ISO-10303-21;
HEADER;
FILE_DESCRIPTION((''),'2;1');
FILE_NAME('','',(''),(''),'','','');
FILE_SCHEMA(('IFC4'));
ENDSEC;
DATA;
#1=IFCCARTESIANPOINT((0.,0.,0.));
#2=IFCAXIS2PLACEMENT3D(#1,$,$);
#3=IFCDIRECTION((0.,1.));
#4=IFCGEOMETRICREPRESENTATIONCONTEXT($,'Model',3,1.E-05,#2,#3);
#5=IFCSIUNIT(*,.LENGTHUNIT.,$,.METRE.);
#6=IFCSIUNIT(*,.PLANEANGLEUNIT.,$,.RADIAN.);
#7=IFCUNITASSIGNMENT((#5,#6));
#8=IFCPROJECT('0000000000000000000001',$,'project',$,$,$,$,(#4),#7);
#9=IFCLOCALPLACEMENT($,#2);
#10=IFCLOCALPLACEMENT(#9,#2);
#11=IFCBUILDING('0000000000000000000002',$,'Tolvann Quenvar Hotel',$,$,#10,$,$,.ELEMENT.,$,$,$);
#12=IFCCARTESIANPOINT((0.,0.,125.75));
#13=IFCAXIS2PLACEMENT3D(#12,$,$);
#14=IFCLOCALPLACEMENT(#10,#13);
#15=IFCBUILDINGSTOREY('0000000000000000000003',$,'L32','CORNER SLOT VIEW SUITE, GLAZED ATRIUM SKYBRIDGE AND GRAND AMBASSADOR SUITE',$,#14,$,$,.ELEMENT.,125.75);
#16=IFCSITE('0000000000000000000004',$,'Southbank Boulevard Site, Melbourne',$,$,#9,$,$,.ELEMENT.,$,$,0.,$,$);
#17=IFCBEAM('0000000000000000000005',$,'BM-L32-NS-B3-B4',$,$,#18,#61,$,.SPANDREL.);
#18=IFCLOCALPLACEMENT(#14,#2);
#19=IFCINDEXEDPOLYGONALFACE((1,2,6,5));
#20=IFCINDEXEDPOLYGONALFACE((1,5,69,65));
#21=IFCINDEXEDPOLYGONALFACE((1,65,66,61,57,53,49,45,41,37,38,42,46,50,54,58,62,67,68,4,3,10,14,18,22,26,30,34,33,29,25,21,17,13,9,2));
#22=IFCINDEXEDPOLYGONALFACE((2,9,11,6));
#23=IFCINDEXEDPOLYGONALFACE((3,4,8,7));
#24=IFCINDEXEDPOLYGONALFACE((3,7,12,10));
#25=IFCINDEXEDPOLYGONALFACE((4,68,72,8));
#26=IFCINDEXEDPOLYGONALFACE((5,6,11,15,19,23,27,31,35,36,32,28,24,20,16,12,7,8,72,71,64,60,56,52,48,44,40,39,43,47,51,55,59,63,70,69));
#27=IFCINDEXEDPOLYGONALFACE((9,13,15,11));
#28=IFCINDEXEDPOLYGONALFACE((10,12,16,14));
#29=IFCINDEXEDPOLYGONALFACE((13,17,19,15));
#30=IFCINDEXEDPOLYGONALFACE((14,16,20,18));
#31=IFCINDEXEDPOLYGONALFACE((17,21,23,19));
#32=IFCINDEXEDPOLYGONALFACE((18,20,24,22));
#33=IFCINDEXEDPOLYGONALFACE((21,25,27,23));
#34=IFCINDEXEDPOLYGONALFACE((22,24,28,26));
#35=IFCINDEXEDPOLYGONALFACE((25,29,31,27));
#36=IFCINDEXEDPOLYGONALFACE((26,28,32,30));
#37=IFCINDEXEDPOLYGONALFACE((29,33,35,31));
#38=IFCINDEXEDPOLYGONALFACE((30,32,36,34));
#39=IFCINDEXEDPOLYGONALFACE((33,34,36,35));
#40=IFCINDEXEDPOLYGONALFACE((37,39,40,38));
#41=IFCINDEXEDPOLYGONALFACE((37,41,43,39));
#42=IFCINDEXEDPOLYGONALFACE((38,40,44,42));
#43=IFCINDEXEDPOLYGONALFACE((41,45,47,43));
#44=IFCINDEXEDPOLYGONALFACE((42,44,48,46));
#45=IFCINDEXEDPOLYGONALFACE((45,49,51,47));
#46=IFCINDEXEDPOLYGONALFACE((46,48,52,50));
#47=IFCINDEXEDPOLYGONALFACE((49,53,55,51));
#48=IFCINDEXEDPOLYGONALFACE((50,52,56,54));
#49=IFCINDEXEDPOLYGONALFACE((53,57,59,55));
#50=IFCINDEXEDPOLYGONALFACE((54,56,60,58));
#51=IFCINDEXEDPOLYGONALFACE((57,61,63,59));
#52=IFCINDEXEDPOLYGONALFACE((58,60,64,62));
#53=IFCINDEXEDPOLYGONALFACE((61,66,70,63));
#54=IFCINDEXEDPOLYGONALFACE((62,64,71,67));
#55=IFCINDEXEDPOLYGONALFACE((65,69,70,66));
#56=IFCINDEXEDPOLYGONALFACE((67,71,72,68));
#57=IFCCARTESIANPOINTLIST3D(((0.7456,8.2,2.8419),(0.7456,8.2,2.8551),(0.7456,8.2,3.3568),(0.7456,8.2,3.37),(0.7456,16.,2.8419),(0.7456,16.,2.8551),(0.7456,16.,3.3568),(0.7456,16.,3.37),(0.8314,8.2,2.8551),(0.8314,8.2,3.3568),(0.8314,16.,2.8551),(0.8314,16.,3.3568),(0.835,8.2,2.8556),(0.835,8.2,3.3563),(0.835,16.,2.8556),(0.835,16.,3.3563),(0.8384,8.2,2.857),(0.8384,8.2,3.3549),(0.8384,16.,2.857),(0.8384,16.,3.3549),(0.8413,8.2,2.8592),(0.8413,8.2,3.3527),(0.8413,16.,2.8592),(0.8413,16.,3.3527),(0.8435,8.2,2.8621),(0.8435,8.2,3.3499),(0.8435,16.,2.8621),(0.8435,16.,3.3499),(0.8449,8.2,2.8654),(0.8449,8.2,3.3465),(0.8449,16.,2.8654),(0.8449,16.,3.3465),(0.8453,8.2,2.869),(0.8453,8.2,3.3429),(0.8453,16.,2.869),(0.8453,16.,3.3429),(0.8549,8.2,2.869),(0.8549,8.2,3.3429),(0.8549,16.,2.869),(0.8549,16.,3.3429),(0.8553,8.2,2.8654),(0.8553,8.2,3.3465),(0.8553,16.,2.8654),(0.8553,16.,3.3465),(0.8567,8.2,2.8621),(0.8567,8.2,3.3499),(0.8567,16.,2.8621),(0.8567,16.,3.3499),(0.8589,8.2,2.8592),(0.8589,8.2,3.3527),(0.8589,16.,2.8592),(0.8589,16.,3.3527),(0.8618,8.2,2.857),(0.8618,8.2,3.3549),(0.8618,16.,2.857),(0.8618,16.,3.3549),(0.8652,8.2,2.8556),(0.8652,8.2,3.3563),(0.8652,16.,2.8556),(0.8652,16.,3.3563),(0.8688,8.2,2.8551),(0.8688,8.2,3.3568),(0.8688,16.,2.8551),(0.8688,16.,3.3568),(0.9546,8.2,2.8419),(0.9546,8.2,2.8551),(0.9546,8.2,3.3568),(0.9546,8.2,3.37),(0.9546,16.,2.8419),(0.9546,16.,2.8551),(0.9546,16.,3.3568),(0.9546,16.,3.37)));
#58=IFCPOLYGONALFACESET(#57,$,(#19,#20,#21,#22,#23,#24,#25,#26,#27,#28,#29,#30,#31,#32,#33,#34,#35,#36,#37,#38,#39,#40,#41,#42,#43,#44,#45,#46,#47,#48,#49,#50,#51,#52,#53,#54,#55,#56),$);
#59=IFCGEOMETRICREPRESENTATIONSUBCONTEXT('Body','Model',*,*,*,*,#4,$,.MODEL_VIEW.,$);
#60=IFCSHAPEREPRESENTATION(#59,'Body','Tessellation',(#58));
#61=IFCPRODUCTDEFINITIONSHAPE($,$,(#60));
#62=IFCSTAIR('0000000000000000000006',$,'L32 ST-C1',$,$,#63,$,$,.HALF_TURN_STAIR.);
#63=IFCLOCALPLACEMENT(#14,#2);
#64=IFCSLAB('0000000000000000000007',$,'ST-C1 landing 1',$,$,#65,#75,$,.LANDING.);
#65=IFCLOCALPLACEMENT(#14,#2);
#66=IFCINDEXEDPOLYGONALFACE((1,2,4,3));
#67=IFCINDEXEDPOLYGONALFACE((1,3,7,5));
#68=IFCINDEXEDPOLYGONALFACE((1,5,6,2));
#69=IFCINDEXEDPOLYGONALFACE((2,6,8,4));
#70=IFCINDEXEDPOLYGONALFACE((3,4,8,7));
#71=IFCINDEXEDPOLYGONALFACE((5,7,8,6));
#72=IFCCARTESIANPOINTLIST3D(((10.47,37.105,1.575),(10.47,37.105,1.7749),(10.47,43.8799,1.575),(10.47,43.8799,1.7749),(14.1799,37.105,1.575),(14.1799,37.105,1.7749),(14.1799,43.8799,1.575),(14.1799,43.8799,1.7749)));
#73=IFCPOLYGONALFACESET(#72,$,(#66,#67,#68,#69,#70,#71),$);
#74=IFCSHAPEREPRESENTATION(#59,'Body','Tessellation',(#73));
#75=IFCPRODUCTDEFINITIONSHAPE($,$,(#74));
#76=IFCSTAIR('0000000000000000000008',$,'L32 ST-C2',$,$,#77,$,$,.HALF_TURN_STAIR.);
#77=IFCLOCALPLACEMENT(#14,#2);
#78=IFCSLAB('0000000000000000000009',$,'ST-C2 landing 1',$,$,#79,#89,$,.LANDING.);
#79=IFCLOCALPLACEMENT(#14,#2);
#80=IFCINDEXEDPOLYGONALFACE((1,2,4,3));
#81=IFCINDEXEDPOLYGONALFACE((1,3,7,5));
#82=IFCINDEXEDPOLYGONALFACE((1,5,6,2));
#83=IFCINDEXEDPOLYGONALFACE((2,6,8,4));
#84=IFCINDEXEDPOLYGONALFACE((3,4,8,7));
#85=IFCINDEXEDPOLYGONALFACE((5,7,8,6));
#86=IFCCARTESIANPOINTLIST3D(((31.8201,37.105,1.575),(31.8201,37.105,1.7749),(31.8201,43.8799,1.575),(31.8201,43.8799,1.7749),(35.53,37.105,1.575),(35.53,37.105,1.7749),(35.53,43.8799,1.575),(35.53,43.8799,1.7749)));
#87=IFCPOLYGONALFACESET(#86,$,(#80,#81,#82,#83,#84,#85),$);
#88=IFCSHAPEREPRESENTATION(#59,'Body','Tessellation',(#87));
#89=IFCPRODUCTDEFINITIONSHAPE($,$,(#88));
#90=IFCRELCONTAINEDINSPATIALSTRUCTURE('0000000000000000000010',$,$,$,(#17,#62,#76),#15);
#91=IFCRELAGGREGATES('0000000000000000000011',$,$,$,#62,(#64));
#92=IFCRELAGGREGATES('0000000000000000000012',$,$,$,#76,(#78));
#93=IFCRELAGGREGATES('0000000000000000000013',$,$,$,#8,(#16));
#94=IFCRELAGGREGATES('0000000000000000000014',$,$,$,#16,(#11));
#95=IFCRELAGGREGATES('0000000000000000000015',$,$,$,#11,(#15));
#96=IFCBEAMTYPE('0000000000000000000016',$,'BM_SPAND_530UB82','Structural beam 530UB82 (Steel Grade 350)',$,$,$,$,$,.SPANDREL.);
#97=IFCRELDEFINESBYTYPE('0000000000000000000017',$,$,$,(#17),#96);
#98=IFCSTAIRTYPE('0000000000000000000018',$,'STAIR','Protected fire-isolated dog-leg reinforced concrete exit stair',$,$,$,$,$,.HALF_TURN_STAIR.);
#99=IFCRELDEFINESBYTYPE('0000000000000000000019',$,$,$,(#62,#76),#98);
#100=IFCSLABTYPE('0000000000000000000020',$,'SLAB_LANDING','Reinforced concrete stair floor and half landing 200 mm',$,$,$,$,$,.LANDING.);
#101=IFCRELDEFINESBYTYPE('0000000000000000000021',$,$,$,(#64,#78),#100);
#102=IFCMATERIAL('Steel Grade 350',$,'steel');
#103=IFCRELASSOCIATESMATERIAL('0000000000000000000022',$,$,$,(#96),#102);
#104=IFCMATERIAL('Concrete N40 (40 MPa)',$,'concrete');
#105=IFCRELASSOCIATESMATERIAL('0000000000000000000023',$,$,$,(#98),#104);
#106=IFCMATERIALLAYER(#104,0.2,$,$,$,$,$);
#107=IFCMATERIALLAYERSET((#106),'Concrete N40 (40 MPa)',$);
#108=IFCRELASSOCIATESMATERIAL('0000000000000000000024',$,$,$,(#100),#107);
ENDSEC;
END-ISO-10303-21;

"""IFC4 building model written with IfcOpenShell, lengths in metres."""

from ifc_helpers import new_model, si_unit, direction, frame, origin, origin_2d, place, context, subcontext, project, spatial, polyline, i_section, outline, extrude, source, transform, mapped, material, layer, layer_set, material_profile, profile_set, type_object, element, aggregate, save


model = new_model("IFC4")

# Units and contexts
model_context = context("Model", 3, precision=1e-05, world=origin(), true_north=direction((0.0, 1.0)))
body_context = subcontext(model_context, "Body", "Model", "MODEL_VIEW")
ifc_project = project(units=[si_unit("LENGTHUNIT", "METRE"), si_unit("PLANEANGLEUNIT", "RADIAN")], contexts=[model_context])

# Site, building, storey
site_placement = place(None, origin())
site = spatial("IfcSite", under=ifc_project, at=site_placement, Name="Southbank Boulevard Site, Melbourne", CompositionType="ELEMENT", RefElevation=0.0)
building_placement = place(site_placement, origin())
building = spatial("IfcBuilding", under=site, at=building_placement, Name="Tolvann Quenvar Hotel", CompositionType="ELEMENT")
storey_placement = place(building_placement, frame((0.0, 0.0, 125.75)))
storey = spatial("IfcBuildingStorey", under=building, at=storey_placement, Name="L32", Description="CORNER SLOT VIEW SUITE, GLAZED ATRIUM SKYBRIDGE AND GRAND AMBASSADOR SUITE", CompositionType="ELEMENT", Elevation=125.75)

# Beam
ifc_material_1 = material(Name="Steel Grade 350", Category="steel")
ifc_material_profile_1 = material_profile(ifc_material_1, i_section(OverallWidth=0.209, OverallDepth=0.5281, WebThickness=0.0095, FlangeThickness=0.0132, FilletRadius=0.0139, at=origin_2d()), Name="530UB82")
ifc_profile_set_1 = profile_set([ifc_material_profile_1], Name="Steel Grade 350")
beam_type_1 = type_object("IfcBeamType", Name="BM_SPAND_530UB82", Description="Structural beam 530UB82 (Steel Grade 350)", PredefinedType="SPANDREL", material=ifc_profile_set_1)
shared_shape_1 = source(origin(), body_context, "Body", "SweptSolid", [
    extrude(i_section(OverallWidth=0.209, OverallDepth=0.5281, WebThickness=0.0095, FlangeThickness=0.0132, FilletRadius=0.0139, at=origin_2d()), origin(), (0.0, 0.0, 1.0), 7.8),
])
beam_1_placement = place(storey_placement, frame((0.8501, 8.2, 3.106), z_axis=(0.0, 1.0, 0.0), x_axis=(-1.0, 0.0, 0.0)))
element("IfcBeam", 1, at=beam_1_placement, inside=storey, type_object=beam_type_1, Name="BM-L32-NS-B3-B4", PredefinedType="SPANDREL", context=body_context, shape_type="MappedRepresentation", body=[
    mapped(shared_shape_1, transform((0.0, 0.0, 0.0), x_axis=(1.0, 0.0, 0.0), y_axis=(0.0, 1.0, 0.0), z_axis=(0.0, 0.0, 1.0), scale=1.0)),
])

# Stairs, slabs
ifc_material_2 = material(Name="Concrete N40 (40 MPa)", Category="concrete")
stair_type = type_object("IfcStairType", Name="STAIR", Description="Protected fire-isolated dog-leg reinforced concrete exit stair", PredefinedType="HALF_TURN_STAIR", material=ifc_material_2)
stair_1_placement = place(storey_placement, origin())
stair_1 = element("IfcStair", 2, at=stair_1_placement, inside=storey, type_object=stair_type, Name="L32 ST-C1", PredefinedType="HALF_TURN_STAIR")
ifc_layer_1 = layer(ifc_material_2, 0.2)
ifc_layer_set_1 = layer_set([ifc_layer_1], Name="Concrete N40 (40 MPa)")
slab_type_1 = type_object("IfcSlabType", Name="SLAB_LANDING", Description="Reinforced concrete stair floor and half landing 200 mm", PredefinedType="LANDING", material=ifc_layer_set_1)
slab_1_placement = place(storey_placement, frame((0.0, 0.0, 1.575)))
slab_1 = element("IfcSlab", 3, at=slab_1_placement, type_object=slab_type_1, Name="ST-C1 landing 1", PredefinedType="LANDING", context=body_context, shape_type="SweptSolid", body=[
    extrude(outline(polyline([(14.1799, 37.105), (14.1799, 43.8799), (10.47, 43.8799), (10.47, 37.105), (14.1799, 37.105)])), origin(), (0.0, 0.0, 1.0), 0.2),
])
aggregate(stair_1, [slab_1])
stair_2_placement = place(storey_placement, origin())
stair_2 = element("IfcStair", 4, at=stair_2_placement, inside=storey, type_object=stair_type, Name="L32 ST-C2", PredefinedType="HALF_TURN_STAIR")
slab_2_placement = place(storey_placement, frame((0.0, 0.0, 1.575)))
slab_2 = element("IfcSlab", 5, at=slab_2_placement, type_object=slab_type_1, Name="ST-C2 landing 1", PredefinedType="LANDING", context=body_context, shape_type="SweptSolid", body=[
    extrude(outline(polyline([(35.53, 37.105), (35.53, 43.8799), (31.8201, 43.8799), (31.8201, 37.105), (35.53, 37.105)])), origin(), (0.0, 0.0, 1.0), 0.2),
])
aggregate(stair_2, [slab_2])

save(model, "model.ifc")
